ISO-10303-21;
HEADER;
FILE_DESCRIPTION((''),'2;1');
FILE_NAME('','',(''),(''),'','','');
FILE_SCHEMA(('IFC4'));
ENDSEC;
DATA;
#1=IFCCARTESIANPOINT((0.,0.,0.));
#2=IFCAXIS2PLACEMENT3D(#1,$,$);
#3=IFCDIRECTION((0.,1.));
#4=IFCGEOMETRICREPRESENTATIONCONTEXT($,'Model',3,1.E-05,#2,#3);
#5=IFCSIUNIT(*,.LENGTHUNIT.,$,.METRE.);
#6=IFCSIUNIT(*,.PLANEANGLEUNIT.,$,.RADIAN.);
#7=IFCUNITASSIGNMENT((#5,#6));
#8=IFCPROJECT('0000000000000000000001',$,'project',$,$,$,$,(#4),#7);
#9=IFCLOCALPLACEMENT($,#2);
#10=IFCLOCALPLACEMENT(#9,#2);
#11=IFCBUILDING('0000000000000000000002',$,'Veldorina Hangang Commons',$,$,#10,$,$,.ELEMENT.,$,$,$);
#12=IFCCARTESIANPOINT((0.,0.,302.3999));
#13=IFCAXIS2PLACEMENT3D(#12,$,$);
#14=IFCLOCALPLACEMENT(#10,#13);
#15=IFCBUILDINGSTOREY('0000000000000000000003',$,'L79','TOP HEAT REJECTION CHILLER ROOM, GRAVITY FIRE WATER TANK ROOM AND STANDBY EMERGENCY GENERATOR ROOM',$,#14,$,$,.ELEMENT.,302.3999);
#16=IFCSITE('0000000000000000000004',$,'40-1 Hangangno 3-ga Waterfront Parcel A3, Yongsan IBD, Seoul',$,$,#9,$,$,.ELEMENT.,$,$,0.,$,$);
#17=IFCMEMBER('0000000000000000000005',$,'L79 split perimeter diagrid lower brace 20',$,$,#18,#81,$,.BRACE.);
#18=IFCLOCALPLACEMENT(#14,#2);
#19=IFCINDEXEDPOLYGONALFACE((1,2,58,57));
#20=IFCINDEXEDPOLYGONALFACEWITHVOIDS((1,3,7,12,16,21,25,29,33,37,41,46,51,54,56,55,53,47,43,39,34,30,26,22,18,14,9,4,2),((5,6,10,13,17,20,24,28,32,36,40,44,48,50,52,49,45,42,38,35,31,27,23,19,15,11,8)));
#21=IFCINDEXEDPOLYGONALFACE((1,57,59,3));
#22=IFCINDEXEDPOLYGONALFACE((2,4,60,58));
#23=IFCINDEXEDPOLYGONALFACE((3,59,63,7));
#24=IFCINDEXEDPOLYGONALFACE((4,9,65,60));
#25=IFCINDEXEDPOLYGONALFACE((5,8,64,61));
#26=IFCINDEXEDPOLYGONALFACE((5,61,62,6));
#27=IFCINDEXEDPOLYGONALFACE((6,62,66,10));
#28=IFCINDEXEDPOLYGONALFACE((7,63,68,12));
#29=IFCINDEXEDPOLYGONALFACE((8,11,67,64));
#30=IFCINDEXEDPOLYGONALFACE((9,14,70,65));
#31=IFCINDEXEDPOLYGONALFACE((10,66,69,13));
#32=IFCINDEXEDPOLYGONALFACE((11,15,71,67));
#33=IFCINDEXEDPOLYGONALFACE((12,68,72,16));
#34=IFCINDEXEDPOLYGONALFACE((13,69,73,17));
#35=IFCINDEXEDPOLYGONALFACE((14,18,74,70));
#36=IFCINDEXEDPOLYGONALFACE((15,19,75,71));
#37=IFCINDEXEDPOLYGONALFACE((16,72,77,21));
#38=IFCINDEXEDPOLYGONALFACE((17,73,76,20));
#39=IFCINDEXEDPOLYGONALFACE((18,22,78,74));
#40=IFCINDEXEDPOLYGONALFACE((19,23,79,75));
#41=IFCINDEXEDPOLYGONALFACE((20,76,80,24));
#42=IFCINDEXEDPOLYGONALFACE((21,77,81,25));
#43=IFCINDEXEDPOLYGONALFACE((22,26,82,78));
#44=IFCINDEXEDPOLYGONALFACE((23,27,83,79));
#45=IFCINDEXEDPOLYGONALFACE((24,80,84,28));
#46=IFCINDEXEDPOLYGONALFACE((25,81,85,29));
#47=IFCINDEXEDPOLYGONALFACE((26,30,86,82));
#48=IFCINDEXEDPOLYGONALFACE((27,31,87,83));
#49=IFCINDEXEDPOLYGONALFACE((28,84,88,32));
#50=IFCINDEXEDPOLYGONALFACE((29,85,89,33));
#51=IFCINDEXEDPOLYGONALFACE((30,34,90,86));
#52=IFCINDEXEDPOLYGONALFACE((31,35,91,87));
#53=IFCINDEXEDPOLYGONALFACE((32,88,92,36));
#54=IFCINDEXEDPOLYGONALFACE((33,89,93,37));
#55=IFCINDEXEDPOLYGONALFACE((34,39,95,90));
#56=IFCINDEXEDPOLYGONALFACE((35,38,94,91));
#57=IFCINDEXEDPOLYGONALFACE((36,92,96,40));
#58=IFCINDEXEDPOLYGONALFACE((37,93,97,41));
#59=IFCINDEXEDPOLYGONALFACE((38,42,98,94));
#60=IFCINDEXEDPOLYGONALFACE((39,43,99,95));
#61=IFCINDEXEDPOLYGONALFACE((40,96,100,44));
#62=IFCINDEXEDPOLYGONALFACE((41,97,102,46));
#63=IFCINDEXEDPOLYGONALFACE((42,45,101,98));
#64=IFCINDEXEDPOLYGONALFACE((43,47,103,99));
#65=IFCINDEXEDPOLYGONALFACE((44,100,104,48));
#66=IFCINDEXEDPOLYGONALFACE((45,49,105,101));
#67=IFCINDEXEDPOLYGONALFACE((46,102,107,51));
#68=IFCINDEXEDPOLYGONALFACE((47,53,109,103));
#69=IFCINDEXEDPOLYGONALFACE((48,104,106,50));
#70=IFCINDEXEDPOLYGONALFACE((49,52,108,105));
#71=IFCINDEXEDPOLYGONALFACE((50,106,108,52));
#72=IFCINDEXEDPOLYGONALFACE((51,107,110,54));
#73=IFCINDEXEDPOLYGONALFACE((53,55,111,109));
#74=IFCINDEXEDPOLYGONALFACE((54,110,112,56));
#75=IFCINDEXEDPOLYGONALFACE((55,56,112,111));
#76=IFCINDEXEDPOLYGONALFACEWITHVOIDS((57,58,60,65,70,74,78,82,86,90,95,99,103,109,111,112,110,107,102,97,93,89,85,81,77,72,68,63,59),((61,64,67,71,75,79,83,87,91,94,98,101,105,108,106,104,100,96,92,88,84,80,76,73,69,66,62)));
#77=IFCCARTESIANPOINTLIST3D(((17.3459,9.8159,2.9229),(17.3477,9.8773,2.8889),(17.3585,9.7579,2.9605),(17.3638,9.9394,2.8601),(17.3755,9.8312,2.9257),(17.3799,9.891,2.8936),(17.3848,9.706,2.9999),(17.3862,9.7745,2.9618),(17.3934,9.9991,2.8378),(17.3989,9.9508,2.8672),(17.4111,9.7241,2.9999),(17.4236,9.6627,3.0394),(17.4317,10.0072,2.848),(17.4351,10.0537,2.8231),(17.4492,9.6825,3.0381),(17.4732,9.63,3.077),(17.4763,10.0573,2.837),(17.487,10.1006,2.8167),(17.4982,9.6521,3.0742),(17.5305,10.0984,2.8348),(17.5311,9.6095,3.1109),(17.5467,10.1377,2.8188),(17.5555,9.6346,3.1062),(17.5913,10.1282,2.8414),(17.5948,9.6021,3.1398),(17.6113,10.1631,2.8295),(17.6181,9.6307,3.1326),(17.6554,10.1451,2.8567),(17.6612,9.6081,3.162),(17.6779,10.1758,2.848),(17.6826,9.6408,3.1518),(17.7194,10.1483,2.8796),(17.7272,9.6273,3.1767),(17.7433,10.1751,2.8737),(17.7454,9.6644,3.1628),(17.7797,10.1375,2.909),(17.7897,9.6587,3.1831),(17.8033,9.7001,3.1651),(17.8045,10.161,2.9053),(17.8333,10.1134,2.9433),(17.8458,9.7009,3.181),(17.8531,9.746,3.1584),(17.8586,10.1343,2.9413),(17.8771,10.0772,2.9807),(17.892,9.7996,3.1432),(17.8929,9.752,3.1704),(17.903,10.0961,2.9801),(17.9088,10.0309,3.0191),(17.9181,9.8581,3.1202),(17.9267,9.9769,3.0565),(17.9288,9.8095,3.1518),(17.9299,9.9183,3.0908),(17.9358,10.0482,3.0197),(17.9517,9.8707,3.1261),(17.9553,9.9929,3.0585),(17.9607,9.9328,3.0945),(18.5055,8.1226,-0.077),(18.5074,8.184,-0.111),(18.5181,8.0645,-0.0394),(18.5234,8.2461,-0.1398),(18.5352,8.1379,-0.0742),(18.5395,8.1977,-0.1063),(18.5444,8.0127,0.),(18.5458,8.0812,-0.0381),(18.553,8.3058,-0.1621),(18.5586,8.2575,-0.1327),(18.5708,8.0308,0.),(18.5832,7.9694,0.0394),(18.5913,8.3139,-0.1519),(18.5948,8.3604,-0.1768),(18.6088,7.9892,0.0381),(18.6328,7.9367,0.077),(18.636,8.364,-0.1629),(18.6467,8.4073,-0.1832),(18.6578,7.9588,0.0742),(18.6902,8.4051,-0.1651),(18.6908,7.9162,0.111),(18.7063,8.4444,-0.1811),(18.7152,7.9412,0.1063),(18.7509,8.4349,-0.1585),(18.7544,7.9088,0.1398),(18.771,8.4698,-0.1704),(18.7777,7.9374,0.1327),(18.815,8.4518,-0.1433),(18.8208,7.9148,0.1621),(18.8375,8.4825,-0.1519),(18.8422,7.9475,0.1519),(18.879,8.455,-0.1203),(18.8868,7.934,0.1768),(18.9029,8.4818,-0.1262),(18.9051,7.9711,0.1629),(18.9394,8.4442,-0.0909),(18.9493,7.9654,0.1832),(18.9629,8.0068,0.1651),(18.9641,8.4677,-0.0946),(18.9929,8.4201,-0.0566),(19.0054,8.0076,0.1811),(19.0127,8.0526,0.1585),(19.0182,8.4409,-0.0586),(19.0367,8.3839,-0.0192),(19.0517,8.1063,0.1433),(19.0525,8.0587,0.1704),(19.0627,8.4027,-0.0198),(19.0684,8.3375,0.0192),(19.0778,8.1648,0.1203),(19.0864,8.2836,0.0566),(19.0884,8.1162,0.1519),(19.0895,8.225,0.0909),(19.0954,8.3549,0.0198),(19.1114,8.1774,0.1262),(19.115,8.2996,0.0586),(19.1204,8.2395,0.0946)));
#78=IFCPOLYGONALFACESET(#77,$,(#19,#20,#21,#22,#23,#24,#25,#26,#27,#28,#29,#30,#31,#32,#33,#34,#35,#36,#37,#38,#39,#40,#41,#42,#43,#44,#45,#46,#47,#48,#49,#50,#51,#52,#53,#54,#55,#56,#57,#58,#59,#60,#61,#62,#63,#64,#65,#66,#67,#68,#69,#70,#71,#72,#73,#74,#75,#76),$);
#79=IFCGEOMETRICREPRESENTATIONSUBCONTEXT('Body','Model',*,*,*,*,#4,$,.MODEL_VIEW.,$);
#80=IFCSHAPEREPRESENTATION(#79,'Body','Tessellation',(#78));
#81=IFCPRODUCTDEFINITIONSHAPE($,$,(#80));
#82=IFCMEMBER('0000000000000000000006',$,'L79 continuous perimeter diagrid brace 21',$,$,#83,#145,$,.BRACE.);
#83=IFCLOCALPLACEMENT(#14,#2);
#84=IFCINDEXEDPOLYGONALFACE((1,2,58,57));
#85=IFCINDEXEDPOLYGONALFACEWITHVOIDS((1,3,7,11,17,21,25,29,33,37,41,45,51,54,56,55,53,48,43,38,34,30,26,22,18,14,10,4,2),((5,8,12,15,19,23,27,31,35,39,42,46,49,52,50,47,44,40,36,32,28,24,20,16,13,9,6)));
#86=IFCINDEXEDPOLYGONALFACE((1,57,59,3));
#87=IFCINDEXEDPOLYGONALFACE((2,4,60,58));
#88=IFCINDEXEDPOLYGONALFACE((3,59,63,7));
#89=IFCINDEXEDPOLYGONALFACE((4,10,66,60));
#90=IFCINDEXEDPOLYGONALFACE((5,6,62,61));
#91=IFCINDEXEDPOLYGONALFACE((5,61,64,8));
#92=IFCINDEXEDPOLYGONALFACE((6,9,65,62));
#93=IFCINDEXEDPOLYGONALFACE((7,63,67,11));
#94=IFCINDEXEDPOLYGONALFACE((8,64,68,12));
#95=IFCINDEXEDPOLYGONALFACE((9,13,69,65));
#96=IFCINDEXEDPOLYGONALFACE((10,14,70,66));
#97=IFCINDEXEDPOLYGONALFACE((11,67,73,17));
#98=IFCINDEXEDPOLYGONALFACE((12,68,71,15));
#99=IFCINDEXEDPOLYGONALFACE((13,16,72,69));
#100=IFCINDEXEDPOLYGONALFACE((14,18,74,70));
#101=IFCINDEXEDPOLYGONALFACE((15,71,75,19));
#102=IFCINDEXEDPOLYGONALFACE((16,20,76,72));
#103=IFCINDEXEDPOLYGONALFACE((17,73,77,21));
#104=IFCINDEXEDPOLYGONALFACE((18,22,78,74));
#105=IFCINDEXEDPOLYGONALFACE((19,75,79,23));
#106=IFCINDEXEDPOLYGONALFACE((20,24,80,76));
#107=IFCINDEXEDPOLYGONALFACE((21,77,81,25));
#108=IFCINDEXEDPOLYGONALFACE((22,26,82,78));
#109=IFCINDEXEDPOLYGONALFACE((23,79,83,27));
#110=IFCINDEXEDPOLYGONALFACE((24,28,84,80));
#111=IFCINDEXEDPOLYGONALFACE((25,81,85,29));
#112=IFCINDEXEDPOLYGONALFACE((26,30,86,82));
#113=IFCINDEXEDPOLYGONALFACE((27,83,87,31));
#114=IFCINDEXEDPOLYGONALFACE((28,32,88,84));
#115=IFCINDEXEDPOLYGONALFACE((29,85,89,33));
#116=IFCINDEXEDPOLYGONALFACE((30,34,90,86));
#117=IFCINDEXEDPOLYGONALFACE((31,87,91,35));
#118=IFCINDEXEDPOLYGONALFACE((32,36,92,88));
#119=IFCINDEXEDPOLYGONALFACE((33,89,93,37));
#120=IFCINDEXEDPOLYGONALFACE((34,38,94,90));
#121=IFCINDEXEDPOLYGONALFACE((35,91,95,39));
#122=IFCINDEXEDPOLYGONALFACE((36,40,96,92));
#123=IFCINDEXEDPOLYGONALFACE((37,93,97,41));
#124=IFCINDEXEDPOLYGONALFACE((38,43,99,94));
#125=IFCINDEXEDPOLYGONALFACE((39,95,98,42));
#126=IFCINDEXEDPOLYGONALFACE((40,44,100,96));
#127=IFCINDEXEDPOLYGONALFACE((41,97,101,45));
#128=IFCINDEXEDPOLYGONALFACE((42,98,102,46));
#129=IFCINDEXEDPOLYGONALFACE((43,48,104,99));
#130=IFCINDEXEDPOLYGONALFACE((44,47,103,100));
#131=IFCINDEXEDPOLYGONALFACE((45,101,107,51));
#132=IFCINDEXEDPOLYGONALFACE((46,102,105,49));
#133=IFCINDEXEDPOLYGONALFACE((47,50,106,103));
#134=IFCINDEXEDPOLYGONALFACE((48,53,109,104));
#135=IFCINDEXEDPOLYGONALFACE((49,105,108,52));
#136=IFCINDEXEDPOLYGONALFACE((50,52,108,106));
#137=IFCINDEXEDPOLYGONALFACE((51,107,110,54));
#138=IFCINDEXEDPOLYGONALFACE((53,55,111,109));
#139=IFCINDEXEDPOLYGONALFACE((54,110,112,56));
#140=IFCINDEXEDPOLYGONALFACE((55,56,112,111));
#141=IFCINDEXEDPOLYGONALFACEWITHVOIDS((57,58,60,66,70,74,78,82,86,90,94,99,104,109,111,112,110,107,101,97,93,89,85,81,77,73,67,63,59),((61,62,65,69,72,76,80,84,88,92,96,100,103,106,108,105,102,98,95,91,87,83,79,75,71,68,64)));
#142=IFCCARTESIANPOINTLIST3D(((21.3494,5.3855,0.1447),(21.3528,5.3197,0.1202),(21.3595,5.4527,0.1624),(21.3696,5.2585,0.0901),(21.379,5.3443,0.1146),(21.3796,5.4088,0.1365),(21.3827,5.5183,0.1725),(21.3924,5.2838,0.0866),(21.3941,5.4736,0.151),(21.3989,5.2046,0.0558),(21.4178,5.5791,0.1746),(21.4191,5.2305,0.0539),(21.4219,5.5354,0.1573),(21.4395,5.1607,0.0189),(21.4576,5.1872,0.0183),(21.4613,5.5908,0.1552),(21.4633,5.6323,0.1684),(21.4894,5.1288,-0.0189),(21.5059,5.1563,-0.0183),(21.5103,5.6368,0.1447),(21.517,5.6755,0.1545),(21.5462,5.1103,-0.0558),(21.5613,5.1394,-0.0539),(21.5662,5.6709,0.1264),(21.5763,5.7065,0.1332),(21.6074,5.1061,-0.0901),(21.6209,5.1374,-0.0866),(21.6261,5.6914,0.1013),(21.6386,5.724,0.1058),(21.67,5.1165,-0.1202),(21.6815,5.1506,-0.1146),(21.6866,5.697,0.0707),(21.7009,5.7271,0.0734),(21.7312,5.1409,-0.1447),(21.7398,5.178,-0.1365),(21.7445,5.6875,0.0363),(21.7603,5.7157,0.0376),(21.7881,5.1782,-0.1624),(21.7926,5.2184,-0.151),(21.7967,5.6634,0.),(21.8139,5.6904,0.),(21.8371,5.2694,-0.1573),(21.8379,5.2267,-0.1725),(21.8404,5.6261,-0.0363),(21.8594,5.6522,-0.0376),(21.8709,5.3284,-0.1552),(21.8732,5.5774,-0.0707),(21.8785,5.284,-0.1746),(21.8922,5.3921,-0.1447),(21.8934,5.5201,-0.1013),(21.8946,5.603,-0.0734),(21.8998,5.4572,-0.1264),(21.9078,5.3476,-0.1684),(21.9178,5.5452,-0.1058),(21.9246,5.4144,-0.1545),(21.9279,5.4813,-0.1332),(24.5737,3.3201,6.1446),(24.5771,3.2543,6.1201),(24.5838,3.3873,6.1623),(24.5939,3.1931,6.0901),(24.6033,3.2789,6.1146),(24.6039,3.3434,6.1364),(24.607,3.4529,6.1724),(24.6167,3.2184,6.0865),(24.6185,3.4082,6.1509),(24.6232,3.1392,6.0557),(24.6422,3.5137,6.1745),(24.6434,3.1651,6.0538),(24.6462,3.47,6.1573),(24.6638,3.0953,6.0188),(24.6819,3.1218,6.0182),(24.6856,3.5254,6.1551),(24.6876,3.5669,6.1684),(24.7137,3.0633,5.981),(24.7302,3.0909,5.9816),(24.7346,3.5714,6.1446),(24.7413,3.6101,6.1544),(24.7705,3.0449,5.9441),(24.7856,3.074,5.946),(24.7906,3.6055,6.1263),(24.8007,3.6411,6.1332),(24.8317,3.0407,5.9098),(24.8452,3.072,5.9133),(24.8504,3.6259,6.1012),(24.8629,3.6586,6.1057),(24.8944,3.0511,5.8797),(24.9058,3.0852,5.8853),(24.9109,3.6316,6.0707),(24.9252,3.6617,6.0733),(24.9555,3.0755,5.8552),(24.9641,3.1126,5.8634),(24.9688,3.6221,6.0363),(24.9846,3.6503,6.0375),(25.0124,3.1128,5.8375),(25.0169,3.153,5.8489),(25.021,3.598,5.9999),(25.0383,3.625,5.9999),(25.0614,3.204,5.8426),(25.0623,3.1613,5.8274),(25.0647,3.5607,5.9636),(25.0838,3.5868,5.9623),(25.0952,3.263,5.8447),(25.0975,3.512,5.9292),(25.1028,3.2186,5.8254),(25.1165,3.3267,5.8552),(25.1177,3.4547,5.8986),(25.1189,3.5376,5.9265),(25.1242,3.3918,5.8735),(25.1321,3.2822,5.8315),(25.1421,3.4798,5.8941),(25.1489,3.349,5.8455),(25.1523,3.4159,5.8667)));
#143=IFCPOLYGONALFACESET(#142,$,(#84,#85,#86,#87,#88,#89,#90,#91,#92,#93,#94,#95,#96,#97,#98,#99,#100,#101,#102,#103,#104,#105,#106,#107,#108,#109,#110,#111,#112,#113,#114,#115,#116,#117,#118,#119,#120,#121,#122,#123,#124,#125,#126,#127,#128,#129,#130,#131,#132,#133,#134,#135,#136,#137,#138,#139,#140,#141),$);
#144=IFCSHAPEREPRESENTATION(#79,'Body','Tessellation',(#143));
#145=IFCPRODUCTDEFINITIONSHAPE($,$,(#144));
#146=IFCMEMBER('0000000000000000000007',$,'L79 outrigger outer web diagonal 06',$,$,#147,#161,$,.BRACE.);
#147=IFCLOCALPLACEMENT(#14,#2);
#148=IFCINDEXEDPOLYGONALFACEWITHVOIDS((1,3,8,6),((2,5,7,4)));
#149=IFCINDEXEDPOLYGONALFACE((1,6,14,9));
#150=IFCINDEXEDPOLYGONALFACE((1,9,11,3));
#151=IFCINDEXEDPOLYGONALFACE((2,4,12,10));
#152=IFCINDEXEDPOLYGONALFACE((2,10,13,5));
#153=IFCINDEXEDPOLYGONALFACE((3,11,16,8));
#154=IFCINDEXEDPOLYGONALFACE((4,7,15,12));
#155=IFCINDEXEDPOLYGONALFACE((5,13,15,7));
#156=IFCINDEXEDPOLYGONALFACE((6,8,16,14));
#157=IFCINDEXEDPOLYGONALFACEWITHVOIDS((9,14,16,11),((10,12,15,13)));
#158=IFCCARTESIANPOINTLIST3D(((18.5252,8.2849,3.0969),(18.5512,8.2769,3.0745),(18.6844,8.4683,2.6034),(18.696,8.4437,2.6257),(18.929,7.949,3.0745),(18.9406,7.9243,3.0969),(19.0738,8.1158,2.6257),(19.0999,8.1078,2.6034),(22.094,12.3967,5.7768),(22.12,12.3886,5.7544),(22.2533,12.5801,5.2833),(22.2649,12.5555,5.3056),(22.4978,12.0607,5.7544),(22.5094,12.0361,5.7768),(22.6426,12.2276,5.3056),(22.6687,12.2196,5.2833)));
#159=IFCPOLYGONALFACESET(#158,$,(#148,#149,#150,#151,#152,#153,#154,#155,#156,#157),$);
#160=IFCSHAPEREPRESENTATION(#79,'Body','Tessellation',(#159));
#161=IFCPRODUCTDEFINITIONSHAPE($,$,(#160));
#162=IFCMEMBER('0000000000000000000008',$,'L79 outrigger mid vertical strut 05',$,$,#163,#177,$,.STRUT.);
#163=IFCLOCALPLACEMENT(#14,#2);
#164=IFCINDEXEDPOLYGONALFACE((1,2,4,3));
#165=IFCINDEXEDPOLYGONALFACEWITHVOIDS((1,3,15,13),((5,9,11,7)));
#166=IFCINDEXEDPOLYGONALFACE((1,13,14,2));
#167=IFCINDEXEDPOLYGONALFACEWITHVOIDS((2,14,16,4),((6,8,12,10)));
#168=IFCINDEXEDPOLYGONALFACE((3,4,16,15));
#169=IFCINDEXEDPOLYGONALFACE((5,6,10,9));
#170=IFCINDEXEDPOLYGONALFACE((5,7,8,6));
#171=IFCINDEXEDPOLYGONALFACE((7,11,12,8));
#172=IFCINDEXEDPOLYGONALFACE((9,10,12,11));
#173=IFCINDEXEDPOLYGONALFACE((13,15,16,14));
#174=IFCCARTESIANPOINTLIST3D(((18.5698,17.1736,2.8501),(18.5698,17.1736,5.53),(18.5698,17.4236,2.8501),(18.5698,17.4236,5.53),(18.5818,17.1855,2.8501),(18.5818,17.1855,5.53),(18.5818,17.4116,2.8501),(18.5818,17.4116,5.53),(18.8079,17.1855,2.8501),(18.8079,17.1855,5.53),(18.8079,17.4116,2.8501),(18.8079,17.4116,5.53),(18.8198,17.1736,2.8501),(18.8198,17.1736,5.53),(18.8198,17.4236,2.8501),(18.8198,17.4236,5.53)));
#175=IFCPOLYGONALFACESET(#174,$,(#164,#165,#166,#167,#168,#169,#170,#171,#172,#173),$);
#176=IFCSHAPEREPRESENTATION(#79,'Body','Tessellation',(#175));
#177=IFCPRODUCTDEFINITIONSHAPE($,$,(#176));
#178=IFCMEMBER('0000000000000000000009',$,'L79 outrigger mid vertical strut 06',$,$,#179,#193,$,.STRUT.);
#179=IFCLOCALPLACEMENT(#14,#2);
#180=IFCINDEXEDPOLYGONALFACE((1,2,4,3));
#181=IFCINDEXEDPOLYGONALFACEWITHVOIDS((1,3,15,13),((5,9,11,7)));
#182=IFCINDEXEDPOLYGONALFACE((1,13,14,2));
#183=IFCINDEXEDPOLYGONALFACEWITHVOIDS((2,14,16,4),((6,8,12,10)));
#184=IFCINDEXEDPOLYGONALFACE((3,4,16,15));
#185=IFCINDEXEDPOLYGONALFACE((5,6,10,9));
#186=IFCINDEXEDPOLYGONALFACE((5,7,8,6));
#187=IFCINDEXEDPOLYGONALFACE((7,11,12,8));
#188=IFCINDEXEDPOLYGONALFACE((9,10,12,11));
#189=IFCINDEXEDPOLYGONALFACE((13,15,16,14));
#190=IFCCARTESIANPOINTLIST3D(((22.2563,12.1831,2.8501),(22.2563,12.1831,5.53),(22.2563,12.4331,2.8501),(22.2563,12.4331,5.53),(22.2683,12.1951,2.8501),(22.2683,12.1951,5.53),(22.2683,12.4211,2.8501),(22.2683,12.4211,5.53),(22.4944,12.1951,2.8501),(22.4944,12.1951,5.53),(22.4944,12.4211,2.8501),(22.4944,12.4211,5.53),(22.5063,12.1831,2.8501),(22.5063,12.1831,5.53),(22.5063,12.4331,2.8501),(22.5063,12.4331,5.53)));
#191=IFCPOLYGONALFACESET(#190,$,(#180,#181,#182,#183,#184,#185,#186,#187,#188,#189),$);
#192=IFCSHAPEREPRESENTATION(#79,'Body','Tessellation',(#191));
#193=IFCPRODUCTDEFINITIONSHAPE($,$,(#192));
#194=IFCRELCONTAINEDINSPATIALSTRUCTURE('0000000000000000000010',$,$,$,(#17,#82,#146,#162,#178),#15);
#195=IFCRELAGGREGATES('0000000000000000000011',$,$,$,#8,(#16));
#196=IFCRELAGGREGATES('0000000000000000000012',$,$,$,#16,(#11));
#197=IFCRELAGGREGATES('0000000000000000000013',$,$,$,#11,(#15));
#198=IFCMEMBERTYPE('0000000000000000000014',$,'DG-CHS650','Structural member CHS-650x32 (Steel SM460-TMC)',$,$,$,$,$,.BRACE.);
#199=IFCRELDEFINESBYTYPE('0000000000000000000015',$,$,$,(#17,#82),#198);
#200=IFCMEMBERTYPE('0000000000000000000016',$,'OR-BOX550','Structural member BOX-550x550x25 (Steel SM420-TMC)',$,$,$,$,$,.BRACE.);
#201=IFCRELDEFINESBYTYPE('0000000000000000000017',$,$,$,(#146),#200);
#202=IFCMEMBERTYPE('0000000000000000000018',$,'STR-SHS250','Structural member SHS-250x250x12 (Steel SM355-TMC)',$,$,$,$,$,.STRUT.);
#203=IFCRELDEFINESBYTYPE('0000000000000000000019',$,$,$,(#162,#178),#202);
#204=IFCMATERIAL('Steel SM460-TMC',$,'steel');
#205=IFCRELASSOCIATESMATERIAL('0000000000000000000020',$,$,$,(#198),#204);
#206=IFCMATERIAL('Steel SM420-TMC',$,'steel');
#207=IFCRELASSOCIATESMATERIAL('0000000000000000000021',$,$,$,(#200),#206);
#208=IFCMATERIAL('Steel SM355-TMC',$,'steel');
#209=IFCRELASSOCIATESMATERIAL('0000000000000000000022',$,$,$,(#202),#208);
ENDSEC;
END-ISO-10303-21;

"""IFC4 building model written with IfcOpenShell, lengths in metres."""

from ifc_helpers import new_model, si_unit, direction, frame, origin, origin_2d, place, context, subcontext, project, spatial, hollow_rectangle, hollow_circle, extrude, material, material_profile, profile_set, type_object, element, save


model = new_model("IFC4")

# Units and contexts
model_context = context("Model", 3, precision=1e-05, world=origin(), true_north=direction((0.0, 1.0)))
body_context = subcontext(model_context, "Body", "Model", "MODEL_VIEW")
ifc_project = project(units=[si_unit("LENGTHUNIT", "METRE"), si_unit("PLANEANGLEUNIT", "RADIAN")], contexts=[model_context])

# Site, building, storey
site_placement = place(None, origin())
site = spatial("IfcSite", under=ifc_project, at=site_placement, Name="40-1 Hangangno 3-ga Waterfront Parcel A3, Yongsan IBD, Seoul", CompositionType="ELEMENT", RefElevation=0.0)
building_placement = place(site_placement, origin())
building = spatial("IfcBuilding", under=site, at=building_placement, Name="Veldorina Hangang Commons", CompositionType="ELEMENT")
storey_placement = place(building_placement, frame((0.0, 0.0, 302.3999)))
storey = spatial("IfcBuildingStorey", under=building, at=storey_placement, Name="L79", Description="TOP HEAT REJECTION CHILLER ROOM, GRAVITY FIRE WATER TANK ROOM AND STANDBY EMERGENCY GENERATOR ROOM", CompositionType="ELEMENT", Elevation=302.3999)

# Shared definitions
ifc_material_1 = material(Name="Steel SM460-TMC", Category="steel")
ifc_material_2 = material(Name="Steel SM355-TMC", Category="steel")

# Members
ifc_material_profile_1 = material_profile(ifc_material_1, hollow_circle(Radius=0.325, WallThickness=0.032, at=origin_2d()), Name="CHS-650x32")
ifc_profile_set_1 = profile_set([ifc_material_profile_1], Name="Steel SM460-TMC")
member_type_1 = type_object("IfcMemberType", Name="DG-CHS650", Description="Structural member CHS-650x32 (Steel SM460-TMC)", PredefinedType="BRACE", material=ifc_profile_set_1)
member_1_placement = place(storey_placement, frame((18.8125, 8.1963, 0.0), z_axis=(-0.31904, 0.465865, 0.825339), x_axis=(-0.825068, -0.565034, 0.0)))
element("IfcMember", 1, at=member_1_placement, inside=storey, type_object=member_type_1, Name="L79 split perimeter diagrid lower brace 20", PredefinedType="BRACE", context=body_context, shape_type="SweptSolid", body=[
    extrude(hollow_circle(Radius=0.325, WallThickness=0.032, at=origin_2d()), origin(), (0.0, 0.0, 1.0), 3.6348),
])
member_2_placement = place(storey_placement, frame((21.6387, 5.4167, 0.0), z_axis=(0.453003, -0.29018, 0.842962), x_axis=(0.539394, 0.842054, 0.0)))
element("IfcMember", 2, at=member_2_placement, inside=storey, type_object=member_type_1, Name="L79 continuous perimeter diagrid brace 21", PredefinedType="BRACE", context=body_context, shape_type="SweptSolid", body=[
    extrude(hollow_circle(Radius=0.325, WallThickness=0.032, at=origin_2d()), origin(), (0.0, 0.0, 1.0), 7.1177),
])
ifc_material_3 = material(Name="Steel SM420-TMC", Category="steel")
ifc_material_profile_2 = material_profile(ifc_material_3, hollow_rectangle(XDim=0.55, YDim=0.55, WallThickness=0.0249, at=origin_2d()), Name="BOX-550x550x25")
ifc_profile_set_2 = profile_set([ifc_material_profile_2], Name="Steel SM420-TMC")
member_type_2 = type_object("IfcMemberType", Name="OR-BOX550", Description="Structural member BOX-550x550x25 (Steel SM420-TMC)", PredefinedType="BRACE", material=ifc_profile_set_2)
member_3_placement = place(storey_placement, frame((22.3813, 12.3081, 5.53), z_axis=(-0.588101, -0.677576, -0.441619), x_axis=(0.75521, -0.655483, 0.0)))
element("IfcMember", 3, at=member_3_placement, inside=storey, type_object=member_type_2, Name="L79 outrigger outer web diagonal 06", PredefinedType="BRACE", context=body_context, shape_type="SweptSolid", body=[
    extrude(hollow_rectangle(XDim=0.55, YDim=0.55, WallThickness=0.0249, at=origin_2d()), origin(), (0.0, 0.0, 1.0), 6.0684),
])
ifc_material_profile_3 = material_profile(ifc_material_2, hollow_rectangle(XDim=0.25, YDim=0.25, WallThickness=0.012, at=origin_2d()), Name="SHS-250x250x12")
ifc_profile_set_3 = profile_set([ifc_material_profile_3], Name="Steel SM355-TMC")
member_type_3 = type_object("IfcMemberType", Name="STR-SHS250", Description="Structural member SHS-250x250x12 (Steel SM355-TMC)", PredefinedType="STRUT", material=ifc_profile_set_3)
for number, where, z_axis, x_axis, name in (
    (4, (18.6948, 17.2986, 2.8501), (0.0, 0.0, 1.0), (1.0, 0.0, 0.0), "L79 outrigger mid vertical strut 05"),
    (5, (22.3813, 12.3081, 2.8501), (0.0, 0.0, 1.0), (1.0, 0.0, 0.0), "L79 outrigger mid vertical strut 06"),
):
    element("IfcMember", number, at=place(storey_placement, frame(where, z_axis=z_axis, x_axis=x_axis)), inside=storey, type_object=member_type_3, Name=name, PredefinedType="STRUT", context=body_context, shape_type="SweptSolid", body=[
        extrude(hollow_rectangle(XDim=0.25, YDim=0.25, WallThickness=0.012, at=origin_2d()), origin(), (0.0, 0.0, 1.0), 2.6799),
    ])

save(model, "model.ifc")
